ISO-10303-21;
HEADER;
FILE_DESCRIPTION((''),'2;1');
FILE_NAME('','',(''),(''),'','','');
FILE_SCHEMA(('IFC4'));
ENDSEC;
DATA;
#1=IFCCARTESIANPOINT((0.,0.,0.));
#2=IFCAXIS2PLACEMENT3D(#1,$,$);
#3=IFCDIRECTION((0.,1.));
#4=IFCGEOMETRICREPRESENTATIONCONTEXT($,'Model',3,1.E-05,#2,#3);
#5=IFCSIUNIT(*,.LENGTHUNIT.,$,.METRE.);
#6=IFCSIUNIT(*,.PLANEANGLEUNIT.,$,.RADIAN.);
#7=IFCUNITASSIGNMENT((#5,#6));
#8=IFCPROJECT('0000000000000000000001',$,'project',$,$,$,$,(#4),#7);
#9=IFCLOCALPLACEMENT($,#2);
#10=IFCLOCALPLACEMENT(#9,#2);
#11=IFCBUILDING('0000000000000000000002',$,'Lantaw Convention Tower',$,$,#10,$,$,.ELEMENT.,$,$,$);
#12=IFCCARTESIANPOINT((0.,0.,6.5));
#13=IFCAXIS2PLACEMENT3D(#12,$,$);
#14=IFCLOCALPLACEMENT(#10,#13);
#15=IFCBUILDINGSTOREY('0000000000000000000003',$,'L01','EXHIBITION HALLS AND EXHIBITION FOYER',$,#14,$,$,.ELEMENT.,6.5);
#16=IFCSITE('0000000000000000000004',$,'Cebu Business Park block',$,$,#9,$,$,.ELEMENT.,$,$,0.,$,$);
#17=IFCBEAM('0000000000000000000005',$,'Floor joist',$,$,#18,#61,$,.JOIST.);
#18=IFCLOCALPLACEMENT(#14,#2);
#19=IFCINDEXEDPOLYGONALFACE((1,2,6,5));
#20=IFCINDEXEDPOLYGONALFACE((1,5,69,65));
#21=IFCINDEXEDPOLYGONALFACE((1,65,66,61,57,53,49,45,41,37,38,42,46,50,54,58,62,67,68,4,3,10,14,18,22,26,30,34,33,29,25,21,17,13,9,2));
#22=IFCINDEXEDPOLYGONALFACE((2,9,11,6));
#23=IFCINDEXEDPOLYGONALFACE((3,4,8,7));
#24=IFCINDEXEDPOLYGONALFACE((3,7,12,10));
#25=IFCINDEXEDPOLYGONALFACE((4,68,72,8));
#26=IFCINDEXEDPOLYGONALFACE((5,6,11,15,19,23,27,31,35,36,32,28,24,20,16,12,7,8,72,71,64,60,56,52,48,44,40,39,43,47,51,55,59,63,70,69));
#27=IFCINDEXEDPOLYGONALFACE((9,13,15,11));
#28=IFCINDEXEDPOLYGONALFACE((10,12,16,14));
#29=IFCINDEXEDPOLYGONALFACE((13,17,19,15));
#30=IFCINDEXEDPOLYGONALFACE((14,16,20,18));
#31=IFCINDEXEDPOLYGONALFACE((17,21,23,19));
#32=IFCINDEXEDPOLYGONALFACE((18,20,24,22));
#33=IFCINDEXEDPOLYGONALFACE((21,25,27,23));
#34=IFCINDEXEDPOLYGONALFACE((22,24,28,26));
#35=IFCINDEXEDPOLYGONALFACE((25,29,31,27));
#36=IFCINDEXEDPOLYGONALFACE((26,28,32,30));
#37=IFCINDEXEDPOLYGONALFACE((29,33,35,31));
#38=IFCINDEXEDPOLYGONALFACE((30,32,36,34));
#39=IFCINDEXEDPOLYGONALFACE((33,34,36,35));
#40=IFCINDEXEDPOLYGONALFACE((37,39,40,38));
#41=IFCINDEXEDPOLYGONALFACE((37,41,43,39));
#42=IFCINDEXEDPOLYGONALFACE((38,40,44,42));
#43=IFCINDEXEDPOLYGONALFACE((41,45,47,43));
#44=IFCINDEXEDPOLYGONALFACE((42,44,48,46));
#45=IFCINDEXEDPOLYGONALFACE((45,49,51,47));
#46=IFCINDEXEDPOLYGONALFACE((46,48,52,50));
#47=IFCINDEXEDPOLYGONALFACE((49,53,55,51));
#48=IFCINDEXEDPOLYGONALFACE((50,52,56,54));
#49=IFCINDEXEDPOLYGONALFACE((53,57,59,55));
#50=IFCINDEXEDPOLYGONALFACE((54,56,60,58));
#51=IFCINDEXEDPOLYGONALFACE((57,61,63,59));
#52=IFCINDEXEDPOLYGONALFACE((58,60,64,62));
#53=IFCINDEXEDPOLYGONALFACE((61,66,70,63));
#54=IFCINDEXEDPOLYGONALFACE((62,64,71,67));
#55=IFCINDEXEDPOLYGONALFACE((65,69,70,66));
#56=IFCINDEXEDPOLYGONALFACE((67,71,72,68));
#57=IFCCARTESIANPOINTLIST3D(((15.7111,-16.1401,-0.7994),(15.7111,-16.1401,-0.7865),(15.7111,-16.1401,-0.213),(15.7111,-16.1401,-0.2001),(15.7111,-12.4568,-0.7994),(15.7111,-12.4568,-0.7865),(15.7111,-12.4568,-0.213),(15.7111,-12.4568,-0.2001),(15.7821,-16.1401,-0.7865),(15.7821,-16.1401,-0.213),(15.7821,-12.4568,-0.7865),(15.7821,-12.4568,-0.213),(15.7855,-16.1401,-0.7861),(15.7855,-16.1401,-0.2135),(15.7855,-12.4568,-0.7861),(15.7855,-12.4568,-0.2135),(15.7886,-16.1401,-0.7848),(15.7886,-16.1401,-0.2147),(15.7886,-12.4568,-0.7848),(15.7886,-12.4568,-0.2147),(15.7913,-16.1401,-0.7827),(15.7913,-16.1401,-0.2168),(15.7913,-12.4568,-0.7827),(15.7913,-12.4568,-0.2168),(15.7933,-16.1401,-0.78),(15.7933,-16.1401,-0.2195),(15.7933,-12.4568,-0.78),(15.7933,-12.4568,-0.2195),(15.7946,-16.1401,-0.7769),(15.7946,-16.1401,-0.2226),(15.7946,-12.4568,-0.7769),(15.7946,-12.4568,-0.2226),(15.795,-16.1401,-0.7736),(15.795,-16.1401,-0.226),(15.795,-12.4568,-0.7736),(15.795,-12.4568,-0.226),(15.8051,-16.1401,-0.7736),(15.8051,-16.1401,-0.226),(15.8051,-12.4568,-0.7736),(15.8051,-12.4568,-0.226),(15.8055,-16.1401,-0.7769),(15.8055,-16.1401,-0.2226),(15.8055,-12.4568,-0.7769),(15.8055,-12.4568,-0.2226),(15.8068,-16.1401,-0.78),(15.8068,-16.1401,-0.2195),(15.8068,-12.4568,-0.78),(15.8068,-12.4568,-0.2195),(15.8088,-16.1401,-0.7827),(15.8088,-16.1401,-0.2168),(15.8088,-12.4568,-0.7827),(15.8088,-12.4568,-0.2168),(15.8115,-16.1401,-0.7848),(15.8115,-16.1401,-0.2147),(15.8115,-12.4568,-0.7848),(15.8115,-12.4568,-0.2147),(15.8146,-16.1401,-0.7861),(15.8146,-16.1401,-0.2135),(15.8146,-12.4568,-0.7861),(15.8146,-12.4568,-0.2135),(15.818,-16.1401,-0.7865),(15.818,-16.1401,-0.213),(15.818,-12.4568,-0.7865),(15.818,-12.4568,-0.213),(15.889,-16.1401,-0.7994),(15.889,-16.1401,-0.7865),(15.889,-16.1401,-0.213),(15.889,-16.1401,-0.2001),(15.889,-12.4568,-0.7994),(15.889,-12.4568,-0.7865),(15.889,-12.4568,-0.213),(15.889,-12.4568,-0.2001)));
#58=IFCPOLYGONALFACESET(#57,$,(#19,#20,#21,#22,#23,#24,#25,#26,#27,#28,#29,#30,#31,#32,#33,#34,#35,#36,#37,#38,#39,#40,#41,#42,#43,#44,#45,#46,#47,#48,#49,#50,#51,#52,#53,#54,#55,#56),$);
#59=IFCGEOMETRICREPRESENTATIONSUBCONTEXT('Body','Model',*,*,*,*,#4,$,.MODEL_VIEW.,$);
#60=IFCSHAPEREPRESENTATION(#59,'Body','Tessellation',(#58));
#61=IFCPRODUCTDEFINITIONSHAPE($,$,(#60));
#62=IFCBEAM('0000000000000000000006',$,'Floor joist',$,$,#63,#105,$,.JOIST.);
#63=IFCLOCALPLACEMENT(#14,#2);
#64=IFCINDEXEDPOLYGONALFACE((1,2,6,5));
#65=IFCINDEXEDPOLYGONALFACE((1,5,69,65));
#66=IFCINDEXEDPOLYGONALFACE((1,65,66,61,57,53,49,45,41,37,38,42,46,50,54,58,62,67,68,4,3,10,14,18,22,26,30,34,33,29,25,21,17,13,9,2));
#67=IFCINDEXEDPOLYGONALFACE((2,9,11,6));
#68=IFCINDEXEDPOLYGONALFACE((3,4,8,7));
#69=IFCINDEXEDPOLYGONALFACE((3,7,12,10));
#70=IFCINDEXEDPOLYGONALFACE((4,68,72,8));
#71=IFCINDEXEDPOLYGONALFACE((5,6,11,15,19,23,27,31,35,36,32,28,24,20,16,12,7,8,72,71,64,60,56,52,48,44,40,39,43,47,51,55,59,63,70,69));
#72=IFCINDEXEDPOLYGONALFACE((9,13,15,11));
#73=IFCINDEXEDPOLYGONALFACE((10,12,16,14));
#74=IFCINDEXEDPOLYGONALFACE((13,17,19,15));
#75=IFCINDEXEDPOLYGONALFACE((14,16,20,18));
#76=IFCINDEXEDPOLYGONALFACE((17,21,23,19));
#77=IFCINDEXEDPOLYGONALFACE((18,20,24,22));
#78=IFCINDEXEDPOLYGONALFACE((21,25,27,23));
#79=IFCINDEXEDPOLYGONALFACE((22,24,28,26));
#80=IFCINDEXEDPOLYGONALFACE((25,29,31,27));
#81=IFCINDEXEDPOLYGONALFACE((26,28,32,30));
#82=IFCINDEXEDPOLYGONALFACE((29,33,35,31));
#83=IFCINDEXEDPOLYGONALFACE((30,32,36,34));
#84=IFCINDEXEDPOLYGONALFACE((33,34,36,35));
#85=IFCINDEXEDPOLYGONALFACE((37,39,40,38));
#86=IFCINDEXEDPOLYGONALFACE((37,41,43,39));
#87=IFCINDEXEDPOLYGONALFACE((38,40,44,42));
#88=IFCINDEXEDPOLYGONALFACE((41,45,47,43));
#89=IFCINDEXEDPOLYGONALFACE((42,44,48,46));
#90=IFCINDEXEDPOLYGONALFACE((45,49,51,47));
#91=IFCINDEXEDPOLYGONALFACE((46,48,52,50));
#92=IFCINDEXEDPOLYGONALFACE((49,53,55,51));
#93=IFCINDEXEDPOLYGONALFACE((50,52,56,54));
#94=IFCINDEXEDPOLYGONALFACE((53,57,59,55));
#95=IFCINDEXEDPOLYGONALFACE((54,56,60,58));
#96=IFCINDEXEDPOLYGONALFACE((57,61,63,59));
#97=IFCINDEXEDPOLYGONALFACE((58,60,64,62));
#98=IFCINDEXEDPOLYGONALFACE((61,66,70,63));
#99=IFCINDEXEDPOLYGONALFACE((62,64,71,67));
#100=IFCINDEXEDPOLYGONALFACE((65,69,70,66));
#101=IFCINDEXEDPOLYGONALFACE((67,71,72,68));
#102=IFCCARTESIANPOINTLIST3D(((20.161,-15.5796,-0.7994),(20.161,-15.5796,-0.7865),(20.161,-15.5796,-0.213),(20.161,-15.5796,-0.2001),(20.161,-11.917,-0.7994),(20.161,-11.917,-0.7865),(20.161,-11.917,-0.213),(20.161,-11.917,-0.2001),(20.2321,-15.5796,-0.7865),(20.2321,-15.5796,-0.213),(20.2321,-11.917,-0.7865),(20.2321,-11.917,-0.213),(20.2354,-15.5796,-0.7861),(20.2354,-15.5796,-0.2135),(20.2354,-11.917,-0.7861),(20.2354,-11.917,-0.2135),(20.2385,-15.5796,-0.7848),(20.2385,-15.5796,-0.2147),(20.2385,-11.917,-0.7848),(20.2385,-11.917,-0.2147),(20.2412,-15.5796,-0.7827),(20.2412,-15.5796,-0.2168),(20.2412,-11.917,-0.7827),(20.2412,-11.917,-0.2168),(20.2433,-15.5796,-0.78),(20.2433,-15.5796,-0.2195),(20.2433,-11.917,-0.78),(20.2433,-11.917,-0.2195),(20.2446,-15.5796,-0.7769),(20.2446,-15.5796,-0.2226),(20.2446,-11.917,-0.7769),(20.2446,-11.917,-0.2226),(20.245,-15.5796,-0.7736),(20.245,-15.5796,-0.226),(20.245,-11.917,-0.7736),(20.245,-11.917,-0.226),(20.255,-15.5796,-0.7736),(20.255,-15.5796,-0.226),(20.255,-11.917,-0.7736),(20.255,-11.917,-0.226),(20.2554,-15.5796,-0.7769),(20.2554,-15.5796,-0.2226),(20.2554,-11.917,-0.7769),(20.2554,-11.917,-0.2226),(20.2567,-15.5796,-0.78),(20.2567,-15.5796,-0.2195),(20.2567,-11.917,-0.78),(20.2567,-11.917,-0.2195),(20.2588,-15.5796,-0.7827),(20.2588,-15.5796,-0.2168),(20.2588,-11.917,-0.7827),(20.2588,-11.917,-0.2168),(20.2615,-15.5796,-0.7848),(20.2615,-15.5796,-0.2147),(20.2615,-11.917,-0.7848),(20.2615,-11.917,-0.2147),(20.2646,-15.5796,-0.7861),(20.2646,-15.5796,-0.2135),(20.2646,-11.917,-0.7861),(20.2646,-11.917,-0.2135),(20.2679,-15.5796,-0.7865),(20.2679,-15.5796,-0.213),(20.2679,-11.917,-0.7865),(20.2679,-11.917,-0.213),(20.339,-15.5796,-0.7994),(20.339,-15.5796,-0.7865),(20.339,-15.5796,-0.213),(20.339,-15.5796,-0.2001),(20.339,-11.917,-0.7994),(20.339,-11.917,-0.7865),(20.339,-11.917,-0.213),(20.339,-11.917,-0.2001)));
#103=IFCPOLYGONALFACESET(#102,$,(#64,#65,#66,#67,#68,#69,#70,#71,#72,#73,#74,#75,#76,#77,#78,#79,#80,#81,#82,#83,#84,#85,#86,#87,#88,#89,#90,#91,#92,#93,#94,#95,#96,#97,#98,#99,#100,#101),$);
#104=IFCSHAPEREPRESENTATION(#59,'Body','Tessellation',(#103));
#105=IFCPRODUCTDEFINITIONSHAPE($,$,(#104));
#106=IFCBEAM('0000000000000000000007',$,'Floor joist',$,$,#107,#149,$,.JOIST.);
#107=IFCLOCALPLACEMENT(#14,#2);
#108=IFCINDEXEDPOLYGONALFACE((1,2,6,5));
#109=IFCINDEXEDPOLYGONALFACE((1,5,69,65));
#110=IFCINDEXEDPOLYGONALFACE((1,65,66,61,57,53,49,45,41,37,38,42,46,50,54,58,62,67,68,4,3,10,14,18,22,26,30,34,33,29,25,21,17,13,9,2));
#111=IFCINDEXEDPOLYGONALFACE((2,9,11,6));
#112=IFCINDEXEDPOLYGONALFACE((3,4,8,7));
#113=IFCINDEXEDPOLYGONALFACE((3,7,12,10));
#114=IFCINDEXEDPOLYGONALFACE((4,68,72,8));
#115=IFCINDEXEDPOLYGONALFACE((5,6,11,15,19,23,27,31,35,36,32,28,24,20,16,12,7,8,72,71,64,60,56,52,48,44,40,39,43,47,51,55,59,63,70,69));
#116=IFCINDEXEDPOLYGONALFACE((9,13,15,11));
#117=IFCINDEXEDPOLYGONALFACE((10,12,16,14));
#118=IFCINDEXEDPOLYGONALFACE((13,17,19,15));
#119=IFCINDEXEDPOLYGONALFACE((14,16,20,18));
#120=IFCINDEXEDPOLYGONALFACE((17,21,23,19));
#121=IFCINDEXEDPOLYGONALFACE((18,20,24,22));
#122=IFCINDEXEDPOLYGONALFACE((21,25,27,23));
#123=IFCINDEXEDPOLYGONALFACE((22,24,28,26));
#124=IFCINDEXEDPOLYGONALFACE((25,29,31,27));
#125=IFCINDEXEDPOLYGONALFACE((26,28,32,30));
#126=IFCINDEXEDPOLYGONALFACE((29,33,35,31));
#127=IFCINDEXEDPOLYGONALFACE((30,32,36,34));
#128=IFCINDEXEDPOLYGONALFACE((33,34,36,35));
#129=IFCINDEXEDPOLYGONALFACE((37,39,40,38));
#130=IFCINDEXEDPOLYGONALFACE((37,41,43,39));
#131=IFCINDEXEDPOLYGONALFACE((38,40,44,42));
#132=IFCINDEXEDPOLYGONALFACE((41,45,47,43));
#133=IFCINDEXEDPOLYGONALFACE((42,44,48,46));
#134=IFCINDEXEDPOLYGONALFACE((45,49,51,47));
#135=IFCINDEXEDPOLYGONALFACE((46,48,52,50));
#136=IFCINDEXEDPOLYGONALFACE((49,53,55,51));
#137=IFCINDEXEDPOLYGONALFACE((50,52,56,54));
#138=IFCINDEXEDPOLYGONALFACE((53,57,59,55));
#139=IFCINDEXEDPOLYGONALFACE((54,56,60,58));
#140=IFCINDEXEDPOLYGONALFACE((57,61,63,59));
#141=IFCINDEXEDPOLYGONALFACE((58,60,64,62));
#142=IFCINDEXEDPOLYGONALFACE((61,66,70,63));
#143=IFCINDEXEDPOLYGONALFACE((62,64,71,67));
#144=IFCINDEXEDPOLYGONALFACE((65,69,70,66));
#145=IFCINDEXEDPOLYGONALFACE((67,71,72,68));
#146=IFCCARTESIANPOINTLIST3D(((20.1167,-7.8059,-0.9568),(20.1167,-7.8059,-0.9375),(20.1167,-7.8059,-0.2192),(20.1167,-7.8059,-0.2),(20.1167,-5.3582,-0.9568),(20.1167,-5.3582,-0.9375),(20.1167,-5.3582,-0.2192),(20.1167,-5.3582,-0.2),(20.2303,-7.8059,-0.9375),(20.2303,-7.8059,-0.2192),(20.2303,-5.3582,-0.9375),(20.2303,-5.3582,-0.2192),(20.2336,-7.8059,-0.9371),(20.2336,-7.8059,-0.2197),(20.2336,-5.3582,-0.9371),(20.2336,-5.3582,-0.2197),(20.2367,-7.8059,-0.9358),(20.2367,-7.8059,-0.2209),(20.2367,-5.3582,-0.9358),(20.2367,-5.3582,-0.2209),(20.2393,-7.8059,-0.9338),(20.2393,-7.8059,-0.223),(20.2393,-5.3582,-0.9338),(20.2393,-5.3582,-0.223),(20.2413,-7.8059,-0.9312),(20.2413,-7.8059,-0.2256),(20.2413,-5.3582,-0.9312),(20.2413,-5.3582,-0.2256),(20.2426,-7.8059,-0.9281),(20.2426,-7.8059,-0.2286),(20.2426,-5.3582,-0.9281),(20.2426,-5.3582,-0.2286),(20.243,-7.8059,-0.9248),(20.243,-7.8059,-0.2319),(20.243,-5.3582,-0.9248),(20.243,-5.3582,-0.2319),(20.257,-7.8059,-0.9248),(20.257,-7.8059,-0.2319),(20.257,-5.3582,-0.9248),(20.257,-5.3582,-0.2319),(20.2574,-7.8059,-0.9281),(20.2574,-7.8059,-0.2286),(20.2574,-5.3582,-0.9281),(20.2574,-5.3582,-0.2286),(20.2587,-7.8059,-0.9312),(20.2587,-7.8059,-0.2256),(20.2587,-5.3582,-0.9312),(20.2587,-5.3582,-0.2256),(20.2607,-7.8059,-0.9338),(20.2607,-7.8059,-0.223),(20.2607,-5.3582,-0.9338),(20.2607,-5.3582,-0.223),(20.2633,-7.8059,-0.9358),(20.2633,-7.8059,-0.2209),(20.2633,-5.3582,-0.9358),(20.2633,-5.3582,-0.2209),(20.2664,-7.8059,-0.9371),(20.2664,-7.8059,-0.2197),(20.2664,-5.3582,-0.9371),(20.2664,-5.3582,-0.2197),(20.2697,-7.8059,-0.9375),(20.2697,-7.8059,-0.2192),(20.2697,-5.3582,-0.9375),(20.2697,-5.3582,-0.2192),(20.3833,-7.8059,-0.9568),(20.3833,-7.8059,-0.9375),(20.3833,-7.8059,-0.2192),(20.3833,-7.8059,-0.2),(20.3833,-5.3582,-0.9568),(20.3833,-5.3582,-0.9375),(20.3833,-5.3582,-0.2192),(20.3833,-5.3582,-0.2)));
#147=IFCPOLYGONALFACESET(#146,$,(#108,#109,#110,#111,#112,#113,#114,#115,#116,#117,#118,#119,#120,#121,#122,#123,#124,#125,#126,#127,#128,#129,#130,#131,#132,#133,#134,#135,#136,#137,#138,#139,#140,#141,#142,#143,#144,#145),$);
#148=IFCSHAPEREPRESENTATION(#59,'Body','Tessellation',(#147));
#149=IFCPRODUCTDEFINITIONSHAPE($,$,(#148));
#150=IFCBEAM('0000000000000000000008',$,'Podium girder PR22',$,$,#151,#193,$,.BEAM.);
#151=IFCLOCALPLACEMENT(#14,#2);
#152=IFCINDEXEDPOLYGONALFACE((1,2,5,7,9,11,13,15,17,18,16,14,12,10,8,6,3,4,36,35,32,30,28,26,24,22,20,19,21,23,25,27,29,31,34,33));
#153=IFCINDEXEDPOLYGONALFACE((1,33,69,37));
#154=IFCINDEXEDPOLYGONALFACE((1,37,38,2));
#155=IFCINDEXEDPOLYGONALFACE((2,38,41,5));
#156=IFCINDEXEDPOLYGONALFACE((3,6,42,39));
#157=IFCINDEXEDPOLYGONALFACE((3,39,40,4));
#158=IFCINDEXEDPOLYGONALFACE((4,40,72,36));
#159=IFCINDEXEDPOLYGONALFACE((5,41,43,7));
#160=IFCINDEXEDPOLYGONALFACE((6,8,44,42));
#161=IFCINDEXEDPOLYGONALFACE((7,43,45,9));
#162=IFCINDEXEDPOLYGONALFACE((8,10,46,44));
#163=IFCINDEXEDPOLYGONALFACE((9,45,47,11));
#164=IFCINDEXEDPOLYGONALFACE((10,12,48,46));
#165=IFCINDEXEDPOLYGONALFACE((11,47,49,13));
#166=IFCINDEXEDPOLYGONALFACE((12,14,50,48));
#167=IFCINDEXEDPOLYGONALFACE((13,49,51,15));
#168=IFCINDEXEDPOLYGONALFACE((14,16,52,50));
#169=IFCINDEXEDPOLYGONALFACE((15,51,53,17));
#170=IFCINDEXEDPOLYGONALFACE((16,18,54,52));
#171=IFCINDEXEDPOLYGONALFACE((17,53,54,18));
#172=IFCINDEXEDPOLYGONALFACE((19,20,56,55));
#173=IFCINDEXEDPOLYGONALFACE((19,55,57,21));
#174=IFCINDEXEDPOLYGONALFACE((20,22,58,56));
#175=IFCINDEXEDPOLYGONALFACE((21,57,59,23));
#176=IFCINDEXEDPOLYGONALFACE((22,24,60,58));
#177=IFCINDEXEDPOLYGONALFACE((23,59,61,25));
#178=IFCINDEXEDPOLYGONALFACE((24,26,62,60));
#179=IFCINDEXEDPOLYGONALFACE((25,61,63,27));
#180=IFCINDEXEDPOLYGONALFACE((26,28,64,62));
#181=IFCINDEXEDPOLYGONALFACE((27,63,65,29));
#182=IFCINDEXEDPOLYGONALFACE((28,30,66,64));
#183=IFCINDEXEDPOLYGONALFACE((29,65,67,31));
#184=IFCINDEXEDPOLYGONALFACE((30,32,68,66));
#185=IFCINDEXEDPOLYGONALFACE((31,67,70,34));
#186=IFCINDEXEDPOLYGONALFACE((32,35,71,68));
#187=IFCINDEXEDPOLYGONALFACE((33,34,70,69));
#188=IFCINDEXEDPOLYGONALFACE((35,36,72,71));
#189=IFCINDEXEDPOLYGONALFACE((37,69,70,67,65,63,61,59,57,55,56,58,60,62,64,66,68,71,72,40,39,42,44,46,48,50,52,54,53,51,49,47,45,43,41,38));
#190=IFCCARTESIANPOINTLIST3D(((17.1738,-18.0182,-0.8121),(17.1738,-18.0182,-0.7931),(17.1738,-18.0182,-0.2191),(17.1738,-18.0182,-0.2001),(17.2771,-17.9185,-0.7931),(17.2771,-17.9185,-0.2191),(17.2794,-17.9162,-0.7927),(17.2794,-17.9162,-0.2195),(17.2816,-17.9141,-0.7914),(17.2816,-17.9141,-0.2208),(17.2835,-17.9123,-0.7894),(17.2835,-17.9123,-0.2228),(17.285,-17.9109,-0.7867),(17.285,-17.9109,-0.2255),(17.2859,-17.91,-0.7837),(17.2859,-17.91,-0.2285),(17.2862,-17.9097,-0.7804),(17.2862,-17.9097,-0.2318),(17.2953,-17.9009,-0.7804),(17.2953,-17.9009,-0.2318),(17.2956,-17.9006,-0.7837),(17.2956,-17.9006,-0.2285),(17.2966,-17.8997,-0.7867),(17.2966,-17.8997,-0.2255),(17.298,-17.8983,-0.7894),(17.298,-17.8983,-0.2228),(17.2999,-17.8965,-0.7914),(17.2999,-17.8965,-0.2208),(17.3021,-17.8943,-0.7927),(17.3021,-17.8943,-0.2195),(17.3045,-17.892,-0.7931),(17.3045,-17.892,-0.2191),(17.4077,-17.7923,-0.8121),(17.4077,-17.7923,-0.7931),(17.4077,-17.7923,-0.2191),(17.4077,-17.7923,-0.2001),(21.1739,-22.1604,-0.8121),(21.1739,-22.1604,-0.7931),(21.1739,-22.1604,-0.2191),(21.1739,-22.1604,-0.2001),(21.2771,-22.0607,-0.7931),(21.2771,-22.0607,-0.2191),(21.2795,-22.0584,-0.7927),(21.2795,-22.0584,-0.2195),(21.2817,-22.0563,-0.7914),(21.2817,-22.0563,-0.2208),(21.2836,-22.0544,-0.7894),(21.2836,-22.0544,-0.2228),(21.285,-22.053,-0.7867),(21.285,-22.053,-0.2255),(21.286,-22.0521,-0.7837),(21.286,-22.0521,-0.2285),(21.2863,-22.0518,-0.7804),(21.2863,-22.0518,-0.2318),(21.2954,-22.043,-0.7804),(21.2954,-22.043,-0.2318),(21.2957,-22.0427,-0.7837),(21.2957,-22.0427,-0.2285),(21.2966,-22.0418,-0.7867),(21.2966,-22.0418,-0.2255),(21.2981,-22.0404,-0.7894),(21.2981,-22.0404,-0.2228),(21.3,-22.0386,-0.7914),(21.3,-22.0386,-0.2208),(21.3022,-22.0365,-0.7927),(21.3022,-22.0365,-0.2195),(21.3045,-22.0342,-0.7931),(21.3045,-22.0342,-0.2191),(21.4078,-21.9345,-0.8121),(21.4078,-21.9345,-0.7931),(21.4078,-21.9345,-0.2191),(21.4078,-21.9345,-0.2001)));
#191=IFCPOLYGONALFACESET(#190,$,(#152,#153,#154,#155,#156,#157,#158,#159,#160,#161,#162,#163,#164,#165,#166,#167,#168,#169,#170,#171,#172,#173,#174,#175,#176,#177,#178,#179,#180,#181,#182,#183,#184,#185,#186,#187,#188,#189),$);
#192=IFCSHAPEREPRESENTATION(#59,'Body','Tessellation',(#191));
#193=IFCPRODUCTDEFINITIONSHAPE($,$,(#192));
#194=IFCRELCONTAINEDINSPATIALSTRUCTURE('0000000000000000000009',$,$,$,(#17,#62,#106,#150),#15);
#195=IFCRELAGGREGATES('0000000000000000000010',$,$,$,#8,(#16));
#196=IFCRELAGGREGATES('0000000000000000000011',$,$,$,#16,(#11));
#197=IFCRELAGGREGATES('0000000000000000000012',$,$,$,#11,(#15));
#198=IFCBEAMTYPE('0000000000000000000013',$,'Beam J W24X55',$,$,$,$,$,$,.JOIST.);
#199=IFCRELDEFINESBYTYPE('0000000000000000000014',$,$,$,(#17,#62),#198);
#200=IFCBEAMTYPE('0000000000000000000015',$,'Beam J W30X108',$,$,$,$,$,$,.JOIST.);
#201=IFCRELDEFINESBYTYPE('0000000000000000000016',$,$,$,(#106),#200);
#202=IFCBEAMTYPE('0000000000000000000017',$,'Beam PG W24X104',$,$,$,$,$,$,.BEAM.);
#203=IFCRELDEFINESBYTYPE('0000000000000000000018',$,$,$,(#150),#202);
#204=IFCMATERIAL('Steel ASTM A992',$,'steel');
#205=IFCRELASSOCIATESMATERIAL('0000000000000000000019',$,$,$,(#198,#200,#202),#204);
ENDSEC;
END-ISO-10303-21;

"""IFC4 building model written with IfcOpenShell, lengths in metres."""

from ifc_helpers import new_model, si_unit, direction, frame, origin, origin_2d, place, context, subcontext, project, spatial, i_section, extrude, material, material_profile, profile_set, type_object, element, save


model = new_model("IFC4")

# Units and contexts
model_context = context("Model", 3, precision=1e-05, world=origin(), true_north=direction((0.0, 1.0)))
body_context = subcontext(model_context, "Body", "Model", "MODEL_VIEW")
ifc_project = project(units=[si_unit("LENGTHUNIT", "METRE"), si_unit("PLANEANGLEUNIT", "RADIAN")], contexts=[model_context])

# Site, building, storey
site_placement = place(None, origin())
site = spatial("IfcSite", under=ifc_project, at=site_placement, Name="Cebu Business Park block", CompositionType="ELEMENT", RefElevation=0.0)
building_placement = place(site_placement, origin())
building = spatial("IfcBuilding", under=site, at=building_placement, Name="Lantaw Convention Tower", CompositionType="ELEMENT")
storey_placement = place(building_placement, frame((0.0, 0.0, 6.5)))
storey = spatial("IfcBuildingStorey", under=building, at=storey_placement, Name="L01", Description="EXHIBITION HALLS AND EXHIBITION FOYER", CompositionType="ELEMENT", Elevation=6.5)

# Beams
ifc_material_1 = material(Name="Steel ASTM A992", Category="steel")
ifc_material_profile_1 = material_profile(ifc_material_1, i_section(OverallWidth=0.178, OverallDepth=0.5994, WebThickness=0.01, FlangeThickness=0.0129, FilletRadius=0.0129, at=origin_2d()), Name="W24X55")
ifc_profile_set_1 = profile_set([ifc_material_profile_1], Name="Steel ASTM A992")
beam_type_1 = type_object("IfcBeamType", Name="Beam J W24X55", PredefinedType="JOIST", material=ifc_profile_set_1)
beam_1_placement = place(storey_placement, frame((15.8, -16.1401, -0.4998), z_axis=(0.0, 1.0, 0.0), x_axis=(-1.0, 0.0, 0.0)))
element("IfcBeam", 1, at=beam_1_placement, inside=storey, type_object=beam_type_1, Name="Floor joist", PredefinedType="JOIST", context=body_context, shape_type="SweptSolid", body=[
    extrude(i_section(OverallWidth=0.178, OverallDepth=0.5994, WebThickness=0.01, FlangeThickness=0.0129, FilletRadius=0.0129, at=origin_2d()), origin(), (0.0, 0.0, 1.0), 3.6833),
])
beam_2_placement = place(storey_placement, frame((20.25, -15.5796, -0.4998), z_axis=(0.0, 1.0, 0.0), x_axis=(-1.0, 0.0, 0.0)))
element("IfcBeam", 2, at=beam_2_placement, inside=storey, type_object=beam_type_1, Name="Floor joist", PredefinedType="JOIST", context=body_context, shape_type="SweptSolid", body=[
    extrude(i_section(OverallWidth=0.178, OverallDepth=0.5994, WebThickness=0.01, FlangeThickness=0.0129, FilletRadius=0.0129, at=origin_2d()), origin(), (0.0, 0.0, 1.0), 3.6626),
])
ifc_material_profile_2 = material_profile(ifc_material_1, i_section(OverallWidth=0.2666, OverallDepth=0.7568, WebThickness=0.0139, FlangeThickness=0.0193, FilletRadius=0.0127, at=origin_2d()), Name="W30X108")
ifc_profile_set_2 = profile_set([ifc_material_profile_2], Name="Steel ASTM A992")
beam_type_2 = type_object("IfcBeamType", Name="Beam J W30X108", PredefinedType="JOIST", material=ifc_profile_set_2)
beam_3_placement = place(storey_placement, frame((20.25, -7.8059, -0.5784), z_axis=(0.0, 1.0, 0.0), x_axis=(-1.0, 0.0, 0.0)))
element("IfcBeam", 3, at=beam_3_placement, inside=storey, type_object=beam_type_2, Name="Floor joist", PredefinedType="JOIST", context=body_context, shape_type="SweptSolid", body=[
    extrude(i_section(OverallWidth=0.2666, OverallDepth=0.7568, WebThickness=0.0139, FlangeThickness=0.0193, FilletRadius=0.0127, at=origin_2d()), origin(), (0.0, 0.0, 1.0), 2.4478),
])
ifc_material_profile_3 = material_profile(ifc_material_1, i_section(OverallWidth=0.3252, OverallDepth=0.6121, WebThickness=0.0127, FlangeThickness=0.019, FilletRadius=0.0127, at=origin_2d()), Name="W24X104")
ifc_profile_set_3 = profile_set([ifc_material_profile_3], Name="Steel ASTM A992")
beam_type_3 = type_object("IfcBeamType", Name="Beam PG W24X104", PredefinedType="BEAM", material=ifc_profile_set_3)
beam_4_placement = place(storey_placement, frame((17.2908, -17.9053, -0.5061), z_axis=(0.694661, -0.719337, 0.0), x_axis=(0.719337, 0.694661, 0.0)))
element("IfcBeam", 4, at=beam_4_placement, inside=storey, type_object=beam_type_3, Name="Podium girder PR22", PredefinedType="BEAM", context=body_context, shape_type="SweptSolid", body=[
    extrude(i_section(OverallWidth=0.3252, OverallDepth=0.6121, WebThickness=0.0127, FlangeThickness=0.019, FilletRadius=0.0127, at=origin_2d()), origin(), (0.0, 0.0, 1.0), 5.7583),
])

save(model, "model.ifc")
